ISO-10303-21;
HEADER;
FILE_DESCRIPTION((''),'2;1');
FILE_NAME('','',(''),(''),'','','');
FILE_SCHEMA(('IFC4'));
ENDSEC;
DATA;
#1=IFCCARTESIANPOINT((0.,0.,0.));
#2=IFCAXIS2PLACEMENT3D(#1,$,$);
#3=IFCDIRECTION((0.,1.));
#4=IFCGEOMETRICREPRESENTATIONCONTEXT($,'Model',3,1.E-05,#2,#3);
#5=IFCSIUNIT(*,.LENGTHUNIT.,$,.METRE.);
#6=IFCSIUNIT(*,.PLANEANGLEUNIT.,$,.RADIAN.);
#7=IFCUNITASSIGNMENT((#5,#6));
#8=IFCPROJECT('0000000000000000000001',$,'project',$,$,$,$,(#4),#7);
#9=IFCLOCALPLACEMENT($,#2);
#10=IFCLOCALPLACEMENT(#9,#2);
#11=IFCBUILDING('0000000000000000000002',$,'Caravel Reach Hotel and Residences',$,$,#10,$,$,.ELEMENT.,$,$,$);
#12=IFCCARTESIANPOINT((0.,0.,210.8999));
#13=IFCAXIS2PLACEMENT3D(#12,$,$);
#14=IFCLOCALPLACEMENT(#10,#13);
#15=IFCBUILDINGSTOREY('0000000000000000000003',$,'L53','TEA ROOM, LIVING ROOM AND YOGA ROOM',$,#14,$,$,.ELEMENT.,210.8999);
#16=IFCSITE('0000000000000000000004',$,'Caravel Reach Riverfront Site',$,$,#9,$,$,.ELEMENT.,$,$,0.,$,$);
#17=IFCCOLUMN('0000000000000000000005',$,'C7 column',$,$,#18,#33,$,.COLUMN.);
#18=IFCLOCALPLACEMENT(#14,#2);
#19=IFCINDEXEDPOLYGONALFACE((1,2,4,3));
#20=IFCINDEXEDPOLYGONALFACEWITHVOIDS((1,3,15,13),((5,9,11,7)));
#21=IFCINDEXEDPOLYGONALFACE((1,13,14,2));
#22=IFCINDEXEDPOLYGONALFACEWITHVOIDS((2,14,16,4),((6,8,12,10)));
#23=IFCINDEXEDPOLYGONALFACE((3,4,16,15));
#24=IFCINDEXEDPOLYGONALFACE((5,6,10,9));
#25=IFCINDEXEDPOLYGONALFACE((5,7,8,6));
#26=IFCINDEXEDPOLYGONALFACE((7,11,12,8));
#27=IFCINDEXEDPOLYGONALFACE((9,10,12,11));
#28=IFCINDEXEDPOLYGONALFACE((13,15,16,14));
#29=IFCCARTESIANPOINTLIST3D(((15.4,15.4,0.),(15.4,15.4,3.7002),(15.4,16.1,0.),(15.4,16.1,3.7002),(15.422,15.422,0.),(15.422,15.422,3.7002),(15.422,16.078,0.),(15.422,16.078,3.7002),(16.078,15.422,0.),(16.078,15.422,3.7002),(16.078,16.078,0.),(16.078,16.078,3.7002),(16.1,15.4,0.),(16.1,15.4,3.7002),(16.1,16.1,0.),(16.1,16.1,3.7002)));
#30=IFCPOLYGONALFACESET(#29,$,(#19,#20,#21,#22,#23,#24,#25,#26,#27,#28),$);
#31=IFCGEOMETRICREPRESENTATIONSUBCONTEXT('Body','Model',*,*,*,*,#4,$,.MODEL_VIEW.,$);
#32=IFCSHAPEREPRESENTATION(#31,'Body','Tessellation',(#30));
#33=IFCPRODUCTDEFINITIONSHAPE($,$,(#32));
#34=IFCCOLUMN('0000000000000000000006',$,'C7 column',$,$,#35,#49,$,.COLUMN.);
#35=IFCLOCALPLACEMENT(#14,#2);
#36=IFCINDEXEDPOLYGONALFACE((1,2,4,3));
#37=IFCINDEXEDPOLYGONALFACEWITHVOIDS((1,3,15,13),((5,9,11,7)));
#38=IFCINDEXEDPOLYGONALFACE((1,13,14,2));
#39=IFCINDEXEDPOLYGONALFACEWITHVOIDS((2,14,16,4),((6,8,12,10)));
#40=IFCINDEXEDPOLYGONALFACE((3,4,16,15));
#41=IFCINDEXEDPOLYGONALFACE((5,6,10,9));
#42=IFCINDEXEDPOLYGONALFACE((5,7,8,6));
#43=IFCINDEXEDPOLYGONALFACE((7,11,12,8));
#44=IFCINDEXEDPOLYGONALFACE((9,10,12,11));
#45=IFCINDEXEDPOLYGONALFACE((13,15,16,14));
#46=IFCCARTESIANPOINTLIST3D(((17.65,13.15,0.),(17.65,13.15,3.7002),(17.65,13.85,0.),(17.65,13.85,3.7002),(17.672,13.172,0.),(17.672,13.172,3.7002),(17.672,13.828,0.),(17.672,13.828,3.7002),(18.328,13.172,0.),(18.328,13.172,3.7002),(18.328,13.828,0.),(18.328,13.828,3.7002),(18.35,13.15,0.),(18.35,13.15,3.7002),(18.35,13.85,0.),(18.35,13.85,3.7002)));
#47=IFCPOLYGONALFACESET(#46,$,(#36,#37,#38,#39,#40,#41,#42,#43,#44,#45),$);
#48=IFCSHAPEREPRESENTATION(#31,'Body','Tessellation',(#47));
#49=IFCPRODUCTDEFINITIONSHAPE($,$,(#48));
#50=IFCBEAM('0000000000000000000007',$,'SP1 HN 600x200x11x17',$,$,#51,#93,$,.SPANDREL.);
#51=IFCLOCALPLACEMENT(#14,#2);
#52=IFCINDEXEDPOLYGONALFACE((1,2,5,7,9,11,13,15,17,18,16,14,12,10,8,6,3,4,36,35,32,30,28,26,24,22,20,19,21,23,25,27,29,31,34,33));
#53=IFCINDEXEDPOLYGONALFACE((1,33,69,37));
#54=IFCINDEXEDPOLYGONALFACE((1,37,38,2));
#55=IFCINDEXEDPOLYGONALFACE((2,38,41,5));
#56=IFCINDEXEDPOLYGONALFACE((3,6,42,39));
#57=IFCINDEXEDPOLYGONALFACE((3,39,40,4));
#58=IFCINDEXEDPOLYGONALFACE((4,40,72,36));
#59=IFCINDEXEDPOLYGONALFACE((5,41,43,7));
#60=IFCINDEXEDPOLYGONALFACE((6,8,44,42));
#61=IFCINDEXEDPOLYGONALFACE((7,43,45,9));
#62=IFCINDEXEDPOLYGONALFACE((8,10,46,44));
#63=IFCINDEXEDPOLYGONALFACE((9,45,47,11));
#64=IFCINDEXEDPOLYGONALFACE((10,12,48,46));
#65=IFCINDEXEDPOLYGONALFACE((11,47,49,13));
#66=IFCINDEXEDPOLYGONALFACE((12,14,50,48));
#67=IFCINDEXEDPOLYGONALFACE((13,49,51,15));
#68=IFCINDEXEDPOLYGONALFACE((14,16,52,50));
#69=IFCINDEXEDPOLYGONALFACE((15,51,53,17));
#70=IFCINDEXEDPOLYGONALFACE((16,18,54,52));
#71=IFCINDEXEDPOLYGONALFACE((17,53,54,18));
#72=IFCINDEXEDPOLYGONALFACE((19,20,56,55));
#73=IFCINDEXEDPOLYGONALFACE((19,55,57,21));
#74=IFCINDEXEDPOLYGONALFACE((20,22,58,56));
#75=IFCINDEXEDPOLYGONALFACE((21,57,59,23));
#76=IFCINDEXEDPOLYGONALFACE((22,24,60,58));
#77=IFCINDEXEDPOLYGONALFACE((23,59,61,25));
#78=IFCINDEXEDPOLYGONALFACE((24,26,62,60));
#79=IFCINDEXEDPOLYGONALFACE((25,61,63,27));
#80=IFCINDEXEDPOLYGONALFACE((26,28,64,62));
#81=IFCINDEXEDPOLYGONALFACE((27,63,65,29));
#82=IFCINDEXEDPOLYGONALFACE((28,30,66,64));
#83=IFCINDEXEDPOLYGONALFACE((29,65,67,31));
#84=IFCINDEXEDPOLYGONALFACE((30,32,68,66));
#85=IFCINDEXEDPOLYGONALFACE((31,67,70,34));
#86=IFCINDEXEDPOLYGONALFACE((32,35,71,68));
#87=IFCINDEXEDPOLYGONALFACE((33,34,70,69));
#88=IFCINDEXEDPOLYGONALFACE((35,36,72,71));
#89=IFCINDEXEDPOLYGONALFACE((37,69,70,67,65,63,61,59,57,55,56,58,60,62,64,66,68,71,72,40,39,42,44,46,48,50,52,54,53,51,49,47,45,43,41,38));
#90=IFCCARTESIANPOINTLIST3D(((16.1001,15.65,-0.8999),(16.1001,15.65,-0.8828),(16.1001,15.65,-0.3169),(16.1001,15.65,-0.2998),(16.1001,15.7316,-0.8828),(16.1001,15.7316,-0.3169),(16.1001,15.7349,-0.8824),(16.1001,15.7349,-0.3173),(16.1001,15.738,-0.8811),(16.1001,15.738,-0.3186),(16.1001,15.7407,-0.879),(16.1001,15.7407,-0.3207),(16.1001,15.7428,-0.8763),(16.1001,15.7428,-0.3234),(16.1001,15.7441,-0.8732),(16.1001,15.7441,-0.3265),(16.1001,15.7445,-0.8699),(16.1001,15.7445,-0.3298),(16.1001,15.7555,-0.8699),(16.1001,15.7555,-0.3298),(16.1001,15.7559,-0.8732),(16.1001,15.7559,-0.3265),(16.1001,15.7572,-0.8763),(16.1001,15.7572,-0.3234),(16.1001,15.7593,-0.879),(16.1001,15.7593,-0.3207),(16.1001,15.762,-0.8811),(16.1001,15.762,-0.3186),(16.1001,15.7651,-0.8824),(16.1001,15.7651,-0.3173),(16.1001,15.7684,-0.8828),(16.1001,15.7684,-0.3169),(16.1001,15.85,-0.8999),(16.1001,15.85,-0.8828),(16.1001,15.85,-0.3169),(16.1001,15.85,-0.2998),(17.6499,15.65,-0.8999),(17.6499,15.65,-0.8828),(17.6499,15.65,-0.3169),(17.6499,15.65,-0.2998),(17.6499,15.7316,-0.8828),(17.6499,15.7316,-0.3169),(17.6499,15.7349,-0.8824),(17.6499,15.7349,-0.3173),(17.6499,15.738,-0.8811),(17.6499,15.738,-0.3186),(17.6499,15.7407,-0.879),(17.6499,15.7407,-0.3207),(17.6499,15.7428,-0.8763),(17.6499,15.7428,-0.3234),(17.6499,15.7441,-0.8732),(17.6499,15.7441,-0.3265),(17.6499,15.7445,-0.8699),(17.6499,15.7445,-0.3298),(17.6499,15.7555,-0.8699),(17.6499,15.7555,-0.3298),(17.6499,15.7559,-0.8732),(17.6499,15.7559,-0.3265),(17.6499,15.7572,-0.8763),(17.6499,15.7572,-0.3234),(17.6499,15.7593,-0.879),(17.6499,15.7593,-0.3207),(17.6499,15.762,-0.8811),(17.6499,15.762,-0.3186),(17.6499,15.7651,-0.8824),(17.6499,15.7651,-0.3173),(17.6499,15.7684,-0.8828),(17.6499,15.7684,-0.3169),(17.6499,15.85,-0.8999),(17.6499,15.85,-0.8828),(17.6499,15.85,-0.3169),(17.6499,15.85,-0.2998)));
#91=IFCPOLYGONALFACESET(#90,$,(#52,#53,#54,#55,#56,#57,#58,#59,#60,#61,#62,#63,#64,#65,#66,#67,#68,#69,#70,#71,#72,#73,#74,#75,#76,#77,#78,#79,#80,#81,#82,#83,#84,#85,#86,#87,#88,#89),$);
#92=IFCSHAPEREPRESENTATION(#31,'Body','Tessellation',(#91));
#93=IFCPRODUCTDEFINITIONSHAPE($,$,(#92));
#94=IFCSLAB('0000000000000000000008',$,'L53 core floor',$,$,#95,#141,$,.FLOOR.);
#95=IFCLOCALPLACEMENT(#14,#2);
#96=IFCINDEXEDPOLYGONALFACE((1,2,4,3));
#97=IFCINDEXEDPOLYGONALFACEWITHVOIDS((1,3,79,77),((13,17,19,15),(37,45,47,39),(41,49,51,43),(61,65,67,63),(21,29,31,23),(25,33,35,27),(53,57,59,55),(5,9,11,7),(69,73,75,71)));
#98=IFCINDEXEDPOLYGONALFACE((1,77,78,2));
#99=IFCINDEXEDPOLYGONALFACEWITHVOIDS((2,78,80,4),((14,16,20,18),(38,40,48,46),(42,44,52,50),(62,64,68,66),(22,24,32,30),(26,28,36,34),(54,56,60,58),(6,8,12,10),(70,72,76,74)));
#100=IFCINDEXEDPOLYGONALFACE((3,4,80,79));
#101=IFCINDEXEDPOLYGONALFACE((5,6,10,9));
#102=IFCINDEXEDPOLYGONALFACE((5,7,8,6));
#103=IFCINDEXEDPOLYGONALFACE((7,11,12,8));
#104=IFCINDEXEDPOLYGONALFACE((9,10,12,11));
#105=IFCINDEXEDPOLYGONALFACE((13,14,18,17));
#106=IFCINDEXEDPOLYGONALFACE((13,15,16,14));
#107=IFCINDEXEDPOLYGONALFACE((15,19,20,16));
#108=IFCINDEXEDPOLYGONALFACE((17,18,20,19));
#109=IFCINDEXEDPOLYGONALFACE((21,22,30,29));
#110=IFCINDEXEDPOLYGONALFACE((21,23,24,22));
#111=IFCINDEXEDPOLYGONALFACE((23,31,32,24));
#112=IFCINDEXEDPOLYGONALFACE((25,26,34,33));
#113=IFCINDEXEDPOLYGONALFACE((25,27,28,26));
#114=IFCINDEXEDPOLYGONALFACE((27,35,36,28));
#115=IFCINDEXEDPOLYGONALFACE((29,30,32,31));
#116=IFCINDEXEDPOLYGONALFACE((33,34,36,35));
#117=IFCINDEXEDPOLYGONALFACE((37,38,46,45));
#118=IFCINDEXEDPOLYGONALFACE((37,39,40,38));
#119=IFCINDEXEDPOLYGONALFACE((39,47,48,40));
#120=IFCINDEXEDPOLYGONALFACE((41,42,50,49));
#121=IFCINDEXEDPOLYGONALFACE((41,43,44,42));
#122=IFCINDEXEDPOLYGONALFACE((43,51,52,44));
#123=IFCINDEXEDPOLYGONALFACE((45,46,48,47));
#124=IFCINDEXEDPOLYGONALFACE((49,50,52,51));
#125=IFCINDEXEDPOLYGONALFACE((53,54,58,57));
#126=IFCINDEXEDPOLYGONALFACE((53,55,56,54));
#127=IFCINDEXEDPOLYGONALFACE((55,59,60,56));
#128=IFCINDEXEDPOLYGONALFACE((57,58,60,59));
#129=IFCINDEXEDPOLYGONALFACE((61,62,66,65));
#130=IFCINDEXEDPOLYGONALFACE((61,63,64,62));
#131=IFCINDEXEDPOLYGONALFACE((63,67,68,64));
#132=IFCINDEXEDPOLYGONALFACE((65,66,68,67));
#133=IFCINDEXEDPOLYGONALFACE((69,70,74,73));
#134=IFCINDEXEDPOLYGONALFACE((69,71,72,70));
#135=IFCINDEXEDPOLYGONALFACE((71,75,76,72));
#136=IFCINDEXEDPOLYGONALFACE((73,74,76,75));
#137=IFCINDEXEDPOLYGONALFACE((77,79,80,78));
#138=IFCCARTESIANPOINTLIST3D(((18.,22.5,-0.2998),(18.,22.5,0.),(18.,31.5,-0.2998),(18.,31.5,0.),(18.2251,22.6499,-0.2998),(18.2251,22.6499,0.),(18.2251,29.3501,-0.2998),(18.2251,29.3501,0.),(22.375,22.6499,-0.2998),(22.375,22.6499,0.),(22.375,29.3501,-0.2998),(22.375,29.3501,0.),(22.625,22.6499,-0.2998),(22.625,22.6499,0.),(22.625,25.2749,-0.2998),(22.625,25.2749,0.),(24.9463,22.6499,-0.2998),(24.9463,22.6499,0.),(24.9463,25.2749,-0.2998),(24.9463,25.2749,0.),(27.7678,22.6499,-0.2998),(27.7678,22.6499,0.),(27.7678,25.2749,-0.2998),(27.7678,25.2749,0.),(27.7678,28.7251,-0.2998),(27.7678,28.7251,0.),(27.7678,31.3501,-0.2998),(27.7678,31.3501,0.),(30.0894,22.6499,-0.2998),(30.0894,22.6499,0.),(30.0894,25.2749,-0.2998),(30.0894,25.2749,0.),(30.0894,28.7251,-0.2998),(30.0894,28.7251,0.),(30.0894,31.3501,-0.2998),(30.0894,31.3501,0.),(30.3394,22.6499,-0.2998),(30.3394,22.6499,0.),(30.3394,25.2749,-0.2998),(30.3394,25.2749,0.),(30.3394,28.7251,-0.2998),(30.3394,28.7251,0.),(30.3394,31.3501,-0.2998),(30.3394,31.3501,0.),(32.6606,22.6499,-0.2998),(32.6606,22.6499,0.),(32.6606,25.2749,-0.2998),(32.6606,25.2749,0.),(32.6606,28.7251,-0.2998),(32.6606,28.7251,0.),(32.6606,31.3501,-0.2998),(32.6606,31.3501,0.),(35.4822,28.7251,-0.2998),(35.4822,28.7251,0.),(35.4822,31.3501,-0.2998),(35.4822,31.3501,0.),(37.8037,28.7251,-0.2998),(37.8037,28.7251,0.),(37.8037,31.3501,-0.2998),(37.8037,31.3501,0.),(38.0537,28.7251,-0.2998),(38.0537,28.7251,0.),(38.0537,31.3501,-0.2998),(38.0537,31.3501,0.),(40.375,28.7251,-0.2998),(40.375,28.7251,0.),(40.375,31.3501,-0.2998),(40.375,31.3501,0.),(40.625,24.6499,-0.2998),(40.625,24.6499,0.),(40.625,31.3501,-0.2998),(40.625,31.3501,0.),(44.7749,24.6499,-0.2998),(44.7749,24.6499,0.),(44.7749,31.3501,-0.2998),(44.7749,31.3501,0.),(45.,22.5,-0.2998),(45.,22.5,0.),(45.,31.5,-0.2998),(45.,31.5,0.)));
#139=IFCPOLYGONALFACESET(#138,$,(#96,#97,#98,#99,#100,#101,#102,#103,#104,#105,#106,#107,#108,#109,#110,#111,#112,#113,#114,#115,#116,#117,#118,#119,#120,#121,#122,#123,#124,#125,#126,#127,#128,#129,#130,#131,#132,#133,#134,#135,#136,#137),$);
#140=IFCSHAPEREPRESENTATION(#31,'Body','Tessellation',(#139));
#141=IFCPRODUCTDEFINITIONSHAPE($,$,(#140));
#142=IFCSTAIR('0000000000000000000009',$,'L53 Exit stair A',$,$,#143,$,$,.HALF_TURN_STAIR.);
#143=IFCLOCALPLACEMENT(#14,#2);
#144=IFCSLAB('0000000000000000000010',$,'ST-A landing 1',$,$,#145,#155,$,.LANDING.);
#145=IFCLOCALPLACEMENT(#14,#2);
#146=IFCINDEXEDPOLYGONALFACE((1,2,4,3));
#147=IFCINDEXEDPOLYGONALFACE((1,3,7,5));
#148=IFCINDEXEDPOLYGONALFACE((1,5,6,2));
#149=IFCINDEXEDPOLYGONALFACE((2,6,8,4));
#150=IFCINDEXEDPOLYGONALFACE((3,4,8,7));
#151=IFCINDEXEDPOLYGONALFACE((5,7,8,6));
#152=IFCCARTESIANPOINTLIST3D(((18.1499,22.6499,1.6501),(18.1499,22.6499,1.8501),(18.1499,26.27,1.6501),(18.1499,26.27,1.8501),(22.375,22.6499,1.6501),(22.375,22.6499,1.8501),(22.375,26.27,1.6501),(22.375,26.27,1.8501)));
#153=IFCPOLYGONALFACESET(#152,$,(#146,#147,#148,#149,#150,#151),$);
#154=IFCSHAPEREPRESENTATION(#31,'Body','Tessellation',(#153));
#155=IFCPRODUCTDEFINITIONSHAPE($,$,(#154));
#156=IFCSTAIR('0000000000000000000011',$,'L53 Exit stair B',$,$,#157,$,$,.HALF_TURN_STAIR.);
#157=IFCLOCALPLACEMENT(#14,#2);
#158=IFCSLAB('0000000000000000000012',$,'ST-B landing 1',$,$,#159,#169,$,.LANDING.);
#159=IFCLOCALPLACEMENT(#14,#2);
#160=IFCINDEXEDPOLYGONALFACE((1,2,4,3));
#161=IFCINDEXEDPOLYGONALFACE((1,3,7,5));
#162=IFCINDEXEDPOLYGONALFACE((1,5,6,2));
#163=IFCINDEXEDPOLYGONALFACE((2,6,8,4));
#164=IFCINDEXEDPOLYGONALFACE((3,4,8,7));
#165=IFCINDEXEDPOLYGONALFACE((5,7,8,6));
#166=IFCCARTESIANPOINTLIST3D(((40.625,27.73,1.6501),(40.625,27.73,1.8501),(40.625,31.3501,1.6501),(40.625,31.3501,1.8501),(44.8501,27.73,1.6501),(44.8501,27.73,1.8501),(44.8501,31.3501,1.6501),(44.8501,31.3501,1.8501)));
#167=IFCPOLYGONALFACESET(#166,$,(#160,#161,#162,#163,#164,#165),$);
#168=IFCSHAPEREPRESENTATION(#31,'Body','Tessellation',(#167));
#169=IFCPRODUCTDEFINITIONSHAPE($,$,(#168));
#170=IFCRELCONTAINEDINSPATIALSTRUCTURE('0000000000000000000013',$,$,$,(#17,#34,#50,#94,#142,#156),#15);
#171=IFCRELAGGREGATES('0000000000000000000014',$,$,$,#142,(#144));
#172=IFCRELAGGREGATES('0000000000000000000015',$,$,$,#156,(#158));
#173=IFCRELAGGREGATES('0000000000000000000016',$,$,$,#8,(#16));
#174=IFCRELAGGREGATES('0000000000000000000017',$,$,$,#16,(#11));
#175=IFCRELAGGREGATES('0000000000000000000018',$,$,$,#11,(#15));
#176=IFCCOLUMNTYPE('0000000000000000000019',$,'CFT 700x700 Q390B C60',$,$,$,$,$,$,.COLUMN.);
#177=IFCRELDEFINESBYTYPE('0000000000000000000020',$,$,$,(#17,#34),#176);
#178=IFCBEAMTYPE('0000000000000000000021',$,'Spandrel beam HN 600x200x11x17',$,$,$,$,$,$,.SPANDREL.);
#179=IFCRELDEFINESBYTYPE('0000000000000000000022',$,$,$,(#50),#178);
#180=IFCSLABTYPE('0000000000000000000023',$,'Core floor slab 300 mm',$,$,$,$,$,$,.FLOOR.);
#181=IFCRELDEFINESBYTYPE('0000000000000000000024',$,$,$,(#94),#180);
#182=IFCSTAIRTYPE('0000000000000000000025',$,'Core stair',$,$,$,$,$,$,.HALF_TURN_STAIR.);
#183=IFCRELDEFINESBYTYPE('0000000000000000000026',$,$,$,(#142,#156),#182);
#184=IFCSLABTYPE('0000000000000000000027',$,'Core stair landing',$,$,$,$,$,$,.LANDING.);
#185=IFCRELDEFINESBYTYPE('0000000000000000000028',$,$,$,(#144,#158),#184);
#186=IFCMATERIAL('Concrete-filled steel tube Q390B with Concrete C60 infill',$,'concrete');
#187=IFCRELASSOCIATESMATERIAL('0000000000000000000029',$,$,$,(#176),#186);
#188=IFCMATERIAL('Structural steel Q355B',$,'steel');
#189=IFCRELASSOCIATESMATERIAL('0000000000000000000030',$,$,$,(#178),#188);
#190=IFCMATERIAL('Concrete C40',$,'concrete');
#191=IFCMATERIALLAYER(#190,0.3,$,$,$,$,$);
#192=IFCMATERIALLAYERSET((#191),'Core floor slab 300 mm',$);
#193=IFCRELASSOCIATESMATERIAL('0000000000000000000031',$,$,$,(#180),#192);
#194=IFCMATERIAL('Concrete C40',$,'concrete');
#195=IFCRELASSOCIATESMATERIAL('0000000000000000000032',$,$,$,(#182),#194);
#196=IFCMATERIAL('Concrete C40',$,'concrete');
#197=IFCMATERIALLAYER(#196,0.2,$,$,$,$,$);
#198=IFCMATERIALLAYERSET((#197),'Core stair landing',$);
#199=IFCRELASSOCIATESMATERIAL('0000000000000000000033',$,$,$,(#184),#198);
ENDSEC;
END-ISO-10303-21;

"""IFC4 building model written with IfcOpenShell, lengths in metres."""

from ifc_helpers import new_model, si_unit, direction, frame, origin, origin_2d, place, context, subcontext, project, spatial, polyline, hollow_rectangle, i_section, outline, extrude, material, layer, layer_set, material_profile, profile_set, type_object, element, aggregate, save


model = new_model("IFC4")

# Units and contexts
model_context = context("Model", 3, precision=1e-05, world=origin(), true_north=direction((0.0, 1.0)))
body_context = subcontext(model_context, "Body", "Model", "MODEL_VIEW")
ifc_project = project(units=[si_unit("LENGTHUNIT", "METRE"), si_unit("PLANEANGLEUNIT", "RADIAN")], contexts=[model_context])

# Site, building, storey
site_placement = place(None, origin())
site = spatial("IfcSite", under=ifc_project, at=site_placement, Name="Caravel Reach Riverfront Site", CompositionType="ELEMENT", RefElevation=0.0)
building_placement = place(site_placement, origin())
building = spatial("IfcBuilding", under=site, at=building_placement, Name="Caravel Reach Hotel and Residences", CompositionType="ELEMENT")
storey_placement = place(building_placement, frame((0.0, 0.0, 210.8999)))
storey = spatial("IfcBuildingStorey", under=building, at=storey_placement, Name="L53", Description="TEA ROOM, LIVING ROOM AND YOGA ROOM", CompositionType="ELEMENT", Elevation=210.8999)

# Columns
ifc_material_1 = material(Name="Concrete-filled steel tube Q390B with Concrete C60 infill", Category="concrete")
ifc_material_profile_1 = material_profile(ifc_material_1, hollow_rectangle(XDim=0.7, YDim=0.7, WallThickness=0.022, at=origin_2d()), Name="RHS 700x700x22")
ifc_profile_set_1 = profile_set([ifc_material_profile_1], Name="Concrete-filled steel tube Q390B with Concrete C60 infill")
column_type = type_object("IfcColumnType", Name="CFT 700x700 Q390B C60", PredefinedType="COLUMN", material=ifc_profile_set_1)
for number, where, z_axis, x_axis, name in (
    (1, (15.75, 15.75, 0.0), (0.0, 0.0, 1.0), (1.0, 0.0, 0.0), "C7 column"),
    (2, (18.0, 13.5, 0.0), (0.0, 0.0, 1.0), (1.0, 0.0, 0.0), "C7 column"),
):
    element("IfcColumn", number, at=place(storey_placement, frame(where, z_axis=z_axis, x_axis=x_axis)), inside=storey, type_object=column_type, Name=name, PredefinedType="COLUMN", context=body_context, shape_type="SweptSolid", body=[
        extrude(hollow_rectangle(XDim=0.7, YDim=0.7, WallThickness=0.022, at=origin_2d()), origin(), (0.0, 0.0, 1.0), 3.7002),
    ])

# Beam
ifc_material_2 = material(Name="Structural steel Q355B", Category="steel")
ifc_material_profile_2 = material_profile(ifc_material_2, i_section(OverallWidth=0.2, OverallDepth=0.6001, WebThickness=0.011, FlangeThickness=0.0171, FilletRadius=0.0129, at=origin_2d()), Name="HN 600x200x11x17")
ifc_profile_set_2 = profile_set([ifc_material_profile_2], Name="Structural steel Q355B")
beam_type = type_object("IfcBeamType", Name="Spandrel beam HN 600x200x11x17", PredefinedType="SPANDREL", material=ifc_profile_set_2)
beam_placement = place(storey_placement, frame((16.1001, 15.75, -0.5999), z_axis=(1.0, 0.0, 0.0), x_axis=(0.0, 1.0, 0.0)))
element("IfcBeam", 3, at=beam_placement, inside=storey, type_object=beam_type, Name="SP1 HN 600x200x11x17", PredefinedType="SPANDREL", context=body_context, shape_type="SweptSolid", body=[
    extrude(i_section(OverallWidth=0.2, OverallDepth=0.6001, WebThickness=0.011, FlangeThickness=0.0171, FilletRadius=0.0129, at=origin_2d()), origin(), (0.0, 0.0, 1.0), 1.5498),
])

# Slab
ifc_material_3 = material(Name="Concrete C40", Category="concrete")
ifc_layer_1 = layer(ifc_material_3, 0.3)
ifc_layer_set_1 = layer_set([ifc_layer_1], Name="Core floor slab 300 mm")
slab_type_1 = type_object("IfcSlabType", Name="Core floor slab 300 mm", PredefinedType="FLOOR", material=ifc_layer_set_1)
slab_1_placement = place(storey_placement, frame((0.0, 0.0, -0.2998)))
element("IfcSlab", 4, at=slab_1_placement, inside=storey, type_object=slab_type_1, Name="L53 core floor", PredefinedType="FLOOR", context=body_context, shape_type="SweptSolid", body=[
    extrude(outline(polyline([(18.0, 31.5), (45.0, 31.5), (45.0, 22.5), (18.0, 22.5), (18.0, 31.5)]), holes=[polyline([(22.625, 25.2749), (22.625, 22.6499), (24.9463, 22.6499), (24.9463, 25.2749), (22.625, 25.2749)]), polyline([(27.7678, 25.2749), (27.7678, 22.6499), (30.0894, 22.6499), (30.0894, 25.2749), (27.7678, 25.2749)]), polyline([(30.3394, 25.2749), (30.3394, 22.6499), (32.6606, 22.6499), (32.6606, 25.2749), (30.3394, 25.2749)]), polyline([(22.375, 22.6499), (22.375, 29.3501), (18.2251, 29.3501), (18.2251, 22.6499), (22.375, 22.6499)]), polyline([(40.625, 31.3501), (40.625, 24.6499), (44.7749, 24.6499), (44.7749, 31.3501), (40.625, 31.3501)]), polyline([(27.7678, 31.3501), (27.7678, 28.7251), (30.0894, 28.7251), (30.0894, 31.3501), (27.7678, 31.3501)]), polyline([(30.3394, 31.3501), (30.3394, 28.7251), (32.6606, 28.7251), (32.6606, 31.3501), (30.3394, 31.3501)]), polyline([(37.8037, 31.3501), (35.4822, 31.3501), (35.4822, 28.7251), (37.8037, 28.7251), (37.8037, 31.3501)]), polyline([(40.375, 31.3501), (38.0537, 31.3501), (38.0537, 28.7251), (40.375, 28.7251), (40.375, 31.3501)])]), origin(), (0.0, 0.0, 1.0), 0.2998),
])

# Stairs, slabs
ifc_material_4 = material(Name="Concrete C40", Category="concrete")
stair_type = type_object("IfcStairType", Name="Core stair", PredefinedType="HALF_TURN_STAIR", material=ifc_material_4)
stair_1_placement = place(storey_placement, origin())
stair_1 = element("IfcStair", 5, at=stair_1_placement, inside=storey, type_object=stair_type, Name="L53 Exit stair A", PredefinedType="HALF_TURN_STAIR")
ifc_material_5 = material(Name="Concrete C40", Category="concrete")
ifc_layer_2 = layer(ifc_material_5, 0.2)
ifc_layer_set_2 = layer_set([ifc_layer_2], Name="Core stair landing")
slab_type_2 = type_object("IfcSlabType", Name="Core stair landing", PredefinedType="LANDING", material=ifc_layer_set_2)
slab_2_placement = place(storey_placement, frame((0.0, 0.0, 1.6501)))
slab_2 = element("IfcSlab", 6, at=slab_2_placement, type_object=slab_type_2, Name="ST-A landing 1", PredefinedType="LANDING", context=body_context, shape_type="SweptSolid", body=[
    extrude(outline(polyline([(18.1499, 26.27), (18.1499, 22.6499), (22.375, 22.6499), (22.375, 26.27), (18.1499, 26.27)])), origin(), (0.0, 0.0, 1.0), 0.2),
])
aggregate(stair_1, [slab_2])
stair_2_placement = place(storey_placement, origin())
stair_2 = element("IfcStair", 7, at=stair_2_placement, inside=storey, type_object=stair_type, Name="L53 Exit stair B", PredefinedType="HALF_TURN_STAIR")
slab_3_placement = place(storey_placement, frame((0.0, 0.0, 1.6501)))
slab_3 = element("IfcSlab", 8, at=slab_3_placement, type_object=slab_type_2, Name="ST-B landing 1", PredefinedType="LANDING", context=body_context, shape_type="SweptSolid", body=[
    extrude(outline(polyline([(44.8501, 27.73), (44.8501, 31.3501), (40.625, 31.3501), (40.625, 27.73), (44.8501, 27.73)])), origin(), (0.0, 0.0, 1.0), 0.2),
])
aggregate(stair_2, [slab_3])

save(model, "model.ifc")
